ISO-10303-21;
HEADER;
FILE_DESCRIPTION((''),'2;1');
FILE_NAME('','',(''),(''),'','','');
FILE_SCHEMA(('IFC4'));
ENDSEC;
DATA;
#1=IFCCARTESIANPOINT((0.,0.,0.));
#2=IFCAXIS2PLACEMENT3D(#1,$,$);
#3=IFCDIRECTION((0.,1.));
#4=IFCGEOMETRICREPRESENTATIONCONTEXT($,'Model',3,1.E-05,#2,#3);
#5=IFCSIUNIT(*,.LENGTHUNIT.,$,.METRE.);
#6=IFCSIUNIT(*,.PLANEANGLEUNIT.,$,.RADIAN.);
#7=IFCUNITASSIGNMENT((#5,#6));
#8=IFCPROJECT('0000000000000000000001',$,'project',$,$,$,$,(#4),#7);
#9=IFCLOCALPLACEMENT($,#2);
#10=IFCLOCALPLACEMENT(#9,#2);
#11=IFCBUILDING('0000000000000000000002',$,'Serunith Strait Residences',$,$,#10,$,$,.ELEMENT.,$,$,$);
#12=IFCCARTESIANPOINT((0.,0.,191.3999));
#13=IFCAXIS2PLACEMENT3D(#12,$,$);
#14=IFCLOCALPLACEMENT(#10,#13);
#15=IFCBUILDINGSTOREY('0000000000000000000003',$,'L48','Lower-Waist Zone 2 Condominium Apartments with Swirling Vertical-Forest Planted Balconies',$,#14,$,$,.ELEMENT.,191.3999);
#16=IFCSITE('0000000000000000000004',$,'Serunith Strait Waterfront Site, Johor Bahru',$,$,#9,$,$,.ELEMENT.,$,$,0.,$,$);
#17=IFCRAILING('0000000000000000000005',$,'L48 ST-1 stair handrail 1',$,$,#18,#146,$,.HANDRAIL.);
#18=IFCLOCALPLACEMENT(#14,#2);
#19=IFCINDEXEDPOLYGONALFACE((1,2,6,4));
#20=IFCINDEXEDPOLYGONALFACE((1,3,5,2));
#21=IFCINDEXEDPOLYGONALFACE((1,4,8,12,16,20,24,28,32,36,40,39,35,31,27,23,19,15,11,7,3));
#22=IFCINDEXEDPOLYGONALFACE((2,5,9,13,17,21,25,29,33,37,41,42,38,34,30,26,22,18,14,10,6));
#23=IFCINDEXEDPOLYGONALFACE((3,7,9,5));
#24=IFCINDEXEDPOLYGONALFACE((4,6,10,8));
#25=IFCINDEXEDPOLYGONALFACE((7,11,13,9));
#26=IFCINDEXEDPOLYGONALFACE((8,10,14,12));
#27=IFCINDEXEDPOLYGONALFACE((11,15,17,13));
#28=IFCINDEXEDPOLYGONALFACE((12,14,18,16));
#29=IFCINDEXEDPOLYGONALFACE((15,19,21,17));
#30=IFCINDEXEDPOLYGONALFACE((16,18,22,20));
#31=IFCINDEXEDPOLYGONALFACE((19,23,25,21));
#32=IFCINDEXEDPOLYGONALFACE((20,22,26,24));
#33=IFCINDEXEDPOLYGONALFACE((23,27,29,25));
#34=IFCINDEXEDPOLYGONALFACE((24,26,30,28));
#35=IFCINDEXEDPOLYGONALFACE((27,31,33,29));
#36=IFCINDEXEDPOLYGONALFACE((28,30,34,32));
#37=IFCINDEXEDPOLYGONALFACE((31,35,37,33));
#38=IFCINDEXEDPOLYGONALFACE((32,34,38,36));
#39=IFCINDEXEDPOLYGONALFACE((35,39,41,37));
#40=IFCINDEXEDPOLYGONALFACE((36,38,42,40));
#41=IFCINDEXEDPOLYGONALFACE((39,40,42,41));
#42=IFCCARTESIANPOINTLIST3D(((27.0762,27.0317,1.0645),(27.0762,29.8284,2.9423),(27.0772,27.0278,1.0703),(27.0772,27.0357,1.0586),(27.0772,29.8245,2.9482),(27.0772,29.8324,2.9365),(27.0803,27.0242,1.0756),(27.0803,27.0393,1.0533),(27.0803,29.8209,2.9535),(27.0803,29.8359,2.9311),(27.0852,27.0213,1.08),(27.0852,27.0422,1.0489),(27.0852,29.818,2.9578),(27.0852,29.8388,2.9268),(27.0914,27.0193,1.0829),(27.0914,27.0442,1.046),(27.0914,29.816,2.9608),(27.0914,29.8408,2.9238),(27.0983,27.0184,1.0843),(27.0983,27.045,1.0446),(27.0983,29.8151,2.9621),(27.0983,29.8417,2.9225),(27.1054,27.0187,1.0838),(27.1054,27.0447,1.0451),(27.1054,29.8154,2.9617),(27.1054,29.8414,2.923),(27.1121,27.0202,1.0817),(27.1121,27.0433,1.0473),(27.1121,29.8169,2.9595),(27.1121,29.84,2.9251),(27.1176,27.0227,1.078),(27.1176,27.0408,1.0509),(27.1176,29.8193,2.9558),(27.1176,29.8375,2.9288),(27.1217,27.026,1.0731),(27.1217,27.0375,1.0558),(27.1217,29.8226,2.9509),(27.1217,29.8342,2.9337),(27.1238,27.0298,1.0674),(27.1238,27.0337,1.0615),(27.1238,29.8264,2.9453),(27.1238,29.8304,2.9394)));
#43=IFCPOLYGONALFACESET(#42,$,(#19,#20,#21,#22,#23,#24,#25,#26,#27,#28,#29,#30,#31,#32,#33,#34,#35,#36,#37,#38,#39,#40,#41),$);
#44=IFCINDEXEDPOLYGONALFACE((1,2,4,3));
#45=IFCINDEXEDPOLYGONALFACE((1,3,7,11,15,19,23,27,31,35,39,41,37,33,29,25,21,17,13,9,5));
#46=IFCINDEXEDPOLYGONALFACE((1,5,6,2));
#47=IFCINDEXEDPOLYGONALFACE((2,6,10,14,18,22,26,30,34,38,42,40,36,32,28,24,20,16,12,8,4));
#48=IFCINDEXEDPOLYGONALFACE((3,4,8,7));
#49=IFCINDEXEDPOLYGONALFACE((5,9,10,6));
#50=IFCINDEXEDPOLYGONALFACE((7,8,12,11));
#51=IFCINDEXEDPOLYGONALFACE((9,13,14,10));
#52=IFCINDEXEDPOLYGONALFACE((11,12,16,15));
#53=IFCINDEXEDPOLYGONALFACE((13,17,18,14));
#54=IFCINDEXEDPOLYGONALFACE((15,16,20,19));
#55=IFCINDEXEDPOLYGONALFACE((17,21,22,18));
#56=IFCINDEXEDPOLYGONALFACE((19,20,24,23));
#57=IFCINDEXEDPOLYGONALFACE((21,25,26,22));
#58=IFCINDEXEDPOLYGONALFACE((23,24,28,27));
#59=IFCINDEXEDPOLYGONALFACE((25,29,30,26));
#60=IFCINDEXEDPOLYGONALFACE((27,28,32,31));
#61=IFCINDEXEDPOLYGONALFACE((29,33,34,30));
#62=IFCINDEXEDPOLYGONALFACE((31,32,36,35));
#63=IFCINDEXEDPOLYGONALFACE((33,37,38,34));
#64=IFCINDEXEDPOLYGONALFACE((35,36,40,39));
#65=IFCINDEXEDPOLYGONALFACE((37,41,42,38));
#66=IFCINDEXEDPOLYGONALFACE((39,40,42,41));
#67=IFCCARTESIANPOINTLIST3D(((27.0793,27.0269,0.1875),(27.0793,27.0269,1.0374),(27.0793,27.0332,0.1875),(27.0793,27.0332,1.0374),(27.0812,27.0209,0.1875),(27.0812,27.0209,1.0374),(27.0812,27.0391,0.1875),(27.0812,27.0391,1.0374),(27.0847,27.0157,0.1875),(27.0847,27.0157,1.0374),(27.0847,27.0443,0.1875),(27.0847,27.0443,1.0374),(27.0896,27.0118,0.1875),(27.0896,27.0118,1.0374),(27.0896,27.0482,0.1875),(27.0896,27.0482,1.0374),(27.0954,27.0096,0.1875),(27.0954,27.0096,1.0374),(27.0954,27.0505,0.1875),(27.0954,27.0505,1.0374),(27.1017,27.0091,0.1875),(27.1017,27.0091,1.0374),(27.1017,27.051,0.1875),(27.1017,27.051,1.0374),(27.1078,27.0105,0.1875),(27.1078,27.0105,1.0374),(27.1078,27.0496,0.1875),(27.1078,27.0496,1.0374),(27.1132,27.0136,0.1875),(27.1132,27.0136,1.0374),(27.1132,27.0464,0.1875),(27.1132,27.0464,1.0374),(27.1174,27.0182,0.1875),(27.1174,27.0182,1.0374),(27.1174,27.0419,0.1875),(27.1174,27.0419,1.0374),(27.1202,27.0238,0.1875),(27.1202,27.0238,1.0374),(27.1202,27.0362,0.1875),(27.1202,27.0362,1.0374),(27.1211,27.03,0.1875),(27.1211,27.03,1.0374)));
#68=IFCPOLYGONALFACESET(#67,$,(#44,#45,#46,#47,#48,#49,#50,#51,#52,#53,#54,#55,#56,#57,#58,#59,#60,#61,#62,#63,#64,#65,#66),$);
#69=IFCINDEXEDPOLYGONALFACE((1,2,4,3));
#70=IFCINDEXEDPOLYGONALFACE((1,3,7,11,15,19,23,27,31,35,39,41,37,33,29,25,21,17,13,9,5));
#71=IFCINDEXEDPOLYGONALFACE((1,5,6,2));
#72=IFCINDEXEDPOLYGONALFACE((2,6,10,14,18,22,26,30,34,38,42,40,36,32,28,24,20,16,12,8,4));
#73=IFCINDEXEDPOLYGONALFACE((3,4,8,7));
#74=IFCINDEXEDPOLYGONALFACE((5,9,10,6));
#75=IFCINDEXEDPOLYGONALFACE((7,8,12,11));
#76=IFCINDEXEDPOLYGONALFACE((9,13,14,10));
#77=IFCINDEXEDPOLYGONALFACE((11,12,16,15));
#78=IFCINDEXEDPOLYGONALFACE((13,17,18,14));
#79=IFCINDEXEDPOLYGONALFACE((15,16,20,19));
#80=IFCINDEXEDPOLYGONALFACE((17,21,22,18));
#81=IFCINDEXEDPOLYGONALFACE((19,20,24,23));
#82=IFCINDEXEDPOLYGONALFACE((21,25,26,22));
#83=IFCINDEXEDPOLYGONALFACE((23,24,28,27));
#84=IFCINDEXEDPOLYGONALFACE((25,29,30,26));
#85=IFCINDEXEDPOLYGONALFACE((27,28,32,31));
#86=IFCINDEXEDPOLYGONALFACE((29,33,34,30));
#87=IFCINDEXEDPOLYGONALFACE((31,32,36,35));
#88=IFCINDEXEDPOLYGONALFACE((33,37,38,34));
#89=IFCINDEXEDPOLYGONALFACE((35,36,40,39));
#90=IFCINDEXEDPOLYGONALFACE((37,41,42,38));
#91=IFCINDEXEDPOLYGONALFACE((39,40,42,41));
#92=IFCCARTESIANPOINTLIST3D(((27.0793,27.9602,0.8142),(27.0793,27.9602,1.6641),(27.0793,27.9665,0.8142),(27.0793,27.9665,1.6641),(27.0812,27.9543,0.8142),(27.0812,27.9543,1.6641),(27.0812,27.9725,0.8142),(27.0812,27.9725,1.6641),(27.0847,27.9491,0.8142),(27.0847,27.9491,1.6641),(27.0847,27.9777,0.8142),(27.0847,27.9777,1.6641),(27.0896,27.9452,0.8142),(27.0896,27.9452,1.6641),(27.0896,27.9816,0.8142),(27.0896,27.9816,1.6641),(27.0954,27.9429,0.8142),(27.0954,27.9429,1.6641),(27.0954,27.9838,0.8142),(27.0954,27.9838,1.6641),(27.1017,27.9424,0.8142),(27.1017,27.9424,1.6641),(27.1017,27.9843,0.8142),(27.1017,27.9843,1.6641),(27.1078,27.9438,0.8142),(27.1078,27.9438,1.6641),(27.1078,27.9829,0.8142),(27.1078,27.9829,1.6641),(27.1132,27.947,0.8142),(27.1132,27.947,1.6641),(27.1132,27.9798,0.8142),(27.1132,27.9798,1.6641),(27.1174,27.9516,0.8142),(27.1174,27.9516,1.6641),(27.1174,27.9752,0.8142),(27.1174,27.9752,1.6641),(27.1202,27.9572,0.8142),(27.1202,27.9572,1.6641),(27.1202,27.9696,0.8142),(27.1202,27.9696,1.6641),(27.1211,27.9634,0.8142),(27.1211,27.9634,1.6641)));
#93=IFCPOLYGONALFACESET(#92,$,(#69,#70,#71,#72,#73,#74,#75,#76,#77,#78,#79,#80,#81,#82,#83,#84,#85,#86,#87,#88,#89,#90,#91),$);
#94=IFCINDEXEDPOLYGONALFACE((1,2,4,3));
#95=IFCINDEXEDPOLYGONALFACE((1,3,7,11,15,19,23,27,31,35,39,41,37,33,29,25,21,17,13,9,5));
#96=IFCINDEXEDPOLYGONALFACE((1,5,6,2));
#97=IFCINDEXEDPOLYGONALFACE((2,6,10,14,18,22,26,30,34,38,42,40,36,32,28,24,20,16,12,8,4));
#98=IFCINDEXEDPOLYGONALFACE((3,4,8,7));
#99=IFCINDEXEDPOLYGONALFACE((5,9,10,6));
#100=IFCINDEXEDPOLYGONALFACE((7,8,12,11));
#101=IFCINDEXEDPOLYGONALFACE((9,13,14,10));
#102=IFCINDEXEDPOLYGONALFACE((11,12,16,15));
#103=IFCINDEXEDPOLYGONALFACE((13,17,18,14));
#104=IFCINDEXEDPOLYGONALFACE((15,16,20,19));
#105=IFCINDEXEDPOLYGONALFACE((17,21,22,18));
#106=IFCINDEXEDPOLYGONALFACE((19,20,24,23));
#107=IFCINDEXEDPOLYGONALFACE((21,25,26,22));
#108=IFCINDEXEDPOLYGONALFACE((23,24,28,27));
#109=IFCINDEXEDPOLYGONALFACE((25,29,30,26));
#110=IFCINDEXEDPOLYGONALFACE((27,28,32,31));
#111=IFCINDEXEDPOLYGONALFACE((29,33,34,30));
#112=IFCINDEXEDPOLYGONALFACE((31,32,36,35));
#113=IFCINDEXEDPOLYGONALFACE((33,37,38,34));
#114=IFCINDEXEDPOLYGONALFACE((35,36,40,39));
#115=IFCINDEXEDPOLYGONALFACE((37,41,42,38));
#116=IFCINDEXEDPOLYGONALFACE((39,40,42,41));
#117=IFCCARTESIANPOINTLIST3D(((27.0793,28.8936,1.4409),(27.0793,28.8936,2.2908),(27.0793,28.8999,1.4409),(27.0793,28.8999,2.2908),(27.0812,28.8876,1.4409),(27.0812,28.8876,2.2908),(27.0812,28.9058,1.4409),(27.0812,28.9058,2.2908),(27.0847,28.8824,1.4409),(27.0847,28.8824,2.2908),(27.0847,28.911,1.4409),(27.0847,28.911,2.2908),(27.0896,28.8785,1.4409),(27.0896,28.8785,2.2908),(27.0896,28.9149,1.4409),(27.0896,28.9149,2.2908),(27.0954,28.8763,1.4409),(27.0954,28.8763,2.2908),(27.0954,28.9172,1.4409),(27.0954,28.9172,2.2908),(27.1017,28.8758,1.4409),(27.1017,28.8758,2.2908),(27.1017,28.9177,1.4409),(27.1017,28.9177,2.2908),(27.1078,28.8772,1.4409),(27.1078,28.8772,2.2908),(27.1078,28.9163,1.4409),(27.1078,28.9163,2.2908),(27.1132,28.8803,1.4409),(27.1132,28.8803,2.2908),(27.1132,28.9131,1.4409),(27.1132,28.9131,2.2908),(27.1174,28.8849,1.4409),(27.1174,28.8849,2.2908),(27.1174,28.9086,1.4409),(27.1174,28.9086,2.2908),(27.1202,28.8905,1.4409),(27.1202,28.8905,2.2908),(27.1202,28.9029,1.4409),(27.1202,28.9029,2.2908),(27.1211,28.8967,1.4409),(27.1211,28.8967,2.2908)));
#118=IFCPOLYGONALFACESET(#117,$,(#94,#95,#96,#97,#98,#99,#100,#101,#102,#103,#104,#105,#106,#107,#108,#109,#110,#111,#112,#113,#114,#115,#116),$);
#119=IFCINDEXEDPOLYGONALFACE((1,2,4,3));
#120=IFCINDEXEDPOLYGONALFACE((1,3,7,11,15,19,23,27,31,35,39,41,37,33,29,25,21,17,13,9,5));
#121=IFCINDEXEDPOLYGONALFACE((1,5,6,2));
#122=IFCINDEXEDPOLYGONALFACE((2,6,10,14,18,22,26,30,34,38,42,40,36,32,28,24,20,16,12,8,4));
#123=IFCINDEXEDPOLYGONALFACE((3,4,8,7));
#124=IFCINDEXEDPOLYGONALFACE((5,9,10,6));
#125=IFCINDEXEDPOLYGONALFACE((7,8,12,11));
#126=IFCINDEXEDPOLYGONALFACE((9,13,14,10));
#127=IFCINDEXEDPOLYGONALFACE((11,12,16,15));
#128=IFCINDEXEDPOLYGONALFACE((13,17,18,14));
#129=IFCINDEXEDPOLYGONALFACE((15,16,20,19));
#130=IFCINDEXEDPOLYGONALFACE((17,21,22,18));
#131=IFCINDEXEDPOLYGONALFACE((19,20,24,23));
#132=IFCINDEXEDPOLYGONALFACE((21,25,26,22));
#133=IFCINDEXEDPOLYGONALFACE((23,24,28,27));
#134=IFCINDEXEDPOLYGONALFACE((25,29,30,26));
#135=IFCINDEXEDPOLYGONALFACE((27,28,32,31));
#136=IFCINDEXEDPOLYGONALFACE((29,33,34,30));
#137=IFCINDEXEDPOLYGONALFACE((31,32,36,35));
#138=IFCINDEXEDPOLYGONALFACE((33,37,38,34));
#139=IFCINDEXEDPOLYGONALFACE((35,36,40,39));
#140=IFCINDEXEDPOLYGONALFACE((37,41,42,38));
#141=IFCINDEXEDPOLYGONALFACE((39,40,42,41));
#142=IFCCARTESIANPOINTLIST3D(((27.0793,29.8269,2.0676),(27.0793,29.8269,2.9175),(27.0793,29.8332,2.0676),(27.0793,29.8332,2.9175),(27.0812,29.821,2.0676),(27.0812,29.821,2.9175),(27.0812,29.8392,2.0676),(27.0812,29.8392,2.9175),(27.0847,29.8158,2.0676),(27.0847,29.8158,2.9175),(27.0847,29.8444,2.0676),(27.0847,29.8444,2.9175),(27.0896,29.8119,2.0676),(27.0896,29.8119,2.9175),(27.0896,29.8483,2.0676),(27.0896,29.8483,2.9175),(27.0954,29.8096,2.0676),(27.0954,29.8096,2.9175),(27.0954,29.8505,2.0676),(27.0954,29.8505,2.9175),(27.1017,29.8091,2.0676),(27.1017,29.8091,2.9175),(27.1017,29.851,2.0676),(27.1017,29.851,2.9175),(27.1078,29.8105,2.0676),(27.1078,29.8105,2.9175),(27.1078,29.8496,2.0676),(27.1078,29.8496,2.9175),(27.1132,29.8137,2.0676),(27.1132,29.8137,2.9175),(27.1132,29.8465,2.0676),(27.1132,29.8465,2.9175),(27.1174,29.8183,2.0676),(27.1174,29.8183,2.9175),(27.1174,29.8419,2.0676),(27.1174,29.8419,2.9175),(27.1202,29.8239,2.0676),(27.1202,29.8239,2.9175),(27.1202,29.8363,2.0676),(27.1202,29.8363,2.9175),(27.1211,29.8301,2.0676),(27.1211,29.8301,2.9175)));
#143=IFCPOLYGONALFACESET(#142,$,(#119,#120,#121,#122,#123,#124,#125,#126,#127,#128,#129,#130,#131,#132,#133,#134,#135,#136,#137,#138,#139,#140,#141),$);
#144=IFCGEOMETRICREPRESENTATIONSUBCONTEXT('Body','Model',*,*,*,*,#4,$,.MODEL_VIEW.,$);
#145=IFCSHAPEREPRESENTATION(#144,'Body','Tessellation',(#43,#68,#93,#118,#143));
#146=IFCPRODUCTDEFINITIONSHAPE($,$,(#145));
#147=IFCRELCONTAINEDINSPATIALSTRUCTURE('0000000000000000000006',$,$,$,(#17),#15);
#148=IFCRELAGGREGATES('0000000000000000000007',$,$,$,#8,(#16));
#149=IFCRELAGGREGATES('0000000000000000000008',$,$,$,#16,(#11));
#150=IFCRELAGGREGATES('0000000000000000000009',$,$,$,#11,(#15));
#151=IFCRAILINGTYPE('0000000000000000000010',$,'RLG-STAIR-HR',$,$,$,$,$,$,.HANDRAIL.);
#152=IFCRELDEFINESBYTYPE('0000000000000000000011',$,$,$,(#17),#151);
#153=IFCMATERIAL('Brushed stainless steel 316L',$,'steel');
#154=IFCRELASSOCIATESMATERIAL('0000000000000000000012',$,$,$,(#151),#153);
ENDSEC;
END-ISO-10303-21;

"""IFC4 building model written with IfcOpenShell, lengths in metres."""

from ifc_helpers import new_model, si_unit, direction, frame, origin, origin_2d, place, context, subcontext, project, spatial, circle, extrude, material, type_object, element, save


model = new_model("IFC4")

# Units and contexts
model_context = context("Model", 3, precision=1e-05, world=origin(), true_north=direction((0.0, 1.0)))
body_context = subcontext(model_context, "Body", "Model", "MODEL_VIEW")
ifc_project = project(units=[si_unit("LENGTHUNIT", "METRE"), si_unit("PLANEANGLEUNIT", "RADIAN")], contexts=[model_context])

# Site, building, storey
site_placement = place(None, origin())
site = spatial("IfcSite", under=ifc_project, at=site_placement, Name="Serunith Strait Waterfront Site, Johor Bahru", CompositionType="ELEMENT", RefElevation=0.0)
building_placement = place(site_placement, origin())
building = spatial("IfcBuilding", under=site, at=building_placement, Name="Serunith Strait Residences", CompositionType="ELEMENT")
storey_placement = place(building_placement, frame((0.0, 0.0, 191.3999)))
storey = spatial("IfcBuildingStorey", under=building, at=storey_placement, Name="L48", Description="Lower-Waist Zone 2 Condominium Apartments with Swirling Vertical-Forest Planted Balconies", CompositionType="ELEMENT", Elevation=191.3999)

# Railing
ifc_material_1 = material(Name="Brushed stainless steel 316L", Category="steel")
railing_type_1 = type_object("IfcRailingType", Name="RLG-STAIR-HR", PredefinedType="HANDRAIL", material=ifc_material_1)
railing_1_placement = place(storey_placement, frame((27.1001, 27.03, 0.1875)))
element("IfcRailing", 1, at=railing_1_placement, inside=storey, type_object=railing_type_1, Name="L48 ST-1 stair handrail 1", PredefinedType="HANDRAIL", context=body_context, shape_type="SweptSolid", body=[
    extrude(circle(Radius=0.0239, at=origin_2d()), frame((0.0, 0.0017, 0.877), z_axis=(0.0, 0.830208, 0.557453), x_axis=(-1.0, 0.0, 0.0)), (0.0, 0.0, 1.0), 3.3687),
    extrude(circle(Radius=0.021, at=origin_2d()), origin(), (0.0, 0.0, 1.0), 0.8499),
    extrude(circle(Radius=0.021, at=origin_2d()), frame((0.0, 0.9333, 0.6267)), (0.0, 0.0, 1.0), 0.8499),
    extrude(circle(Radius=0.021, at=origin_2d()), frame((0.0, 1.8667, 1.2534)), (0.0, 0.0, 1.0), 0.8499),
    extrude(circle(Radius=0.021, at=origin_2d()), frame((0.0, 2.8, 1.8801)), (0.0, 0.0, 1.0), 0.8499),
])

save(model, "model.ifc")
